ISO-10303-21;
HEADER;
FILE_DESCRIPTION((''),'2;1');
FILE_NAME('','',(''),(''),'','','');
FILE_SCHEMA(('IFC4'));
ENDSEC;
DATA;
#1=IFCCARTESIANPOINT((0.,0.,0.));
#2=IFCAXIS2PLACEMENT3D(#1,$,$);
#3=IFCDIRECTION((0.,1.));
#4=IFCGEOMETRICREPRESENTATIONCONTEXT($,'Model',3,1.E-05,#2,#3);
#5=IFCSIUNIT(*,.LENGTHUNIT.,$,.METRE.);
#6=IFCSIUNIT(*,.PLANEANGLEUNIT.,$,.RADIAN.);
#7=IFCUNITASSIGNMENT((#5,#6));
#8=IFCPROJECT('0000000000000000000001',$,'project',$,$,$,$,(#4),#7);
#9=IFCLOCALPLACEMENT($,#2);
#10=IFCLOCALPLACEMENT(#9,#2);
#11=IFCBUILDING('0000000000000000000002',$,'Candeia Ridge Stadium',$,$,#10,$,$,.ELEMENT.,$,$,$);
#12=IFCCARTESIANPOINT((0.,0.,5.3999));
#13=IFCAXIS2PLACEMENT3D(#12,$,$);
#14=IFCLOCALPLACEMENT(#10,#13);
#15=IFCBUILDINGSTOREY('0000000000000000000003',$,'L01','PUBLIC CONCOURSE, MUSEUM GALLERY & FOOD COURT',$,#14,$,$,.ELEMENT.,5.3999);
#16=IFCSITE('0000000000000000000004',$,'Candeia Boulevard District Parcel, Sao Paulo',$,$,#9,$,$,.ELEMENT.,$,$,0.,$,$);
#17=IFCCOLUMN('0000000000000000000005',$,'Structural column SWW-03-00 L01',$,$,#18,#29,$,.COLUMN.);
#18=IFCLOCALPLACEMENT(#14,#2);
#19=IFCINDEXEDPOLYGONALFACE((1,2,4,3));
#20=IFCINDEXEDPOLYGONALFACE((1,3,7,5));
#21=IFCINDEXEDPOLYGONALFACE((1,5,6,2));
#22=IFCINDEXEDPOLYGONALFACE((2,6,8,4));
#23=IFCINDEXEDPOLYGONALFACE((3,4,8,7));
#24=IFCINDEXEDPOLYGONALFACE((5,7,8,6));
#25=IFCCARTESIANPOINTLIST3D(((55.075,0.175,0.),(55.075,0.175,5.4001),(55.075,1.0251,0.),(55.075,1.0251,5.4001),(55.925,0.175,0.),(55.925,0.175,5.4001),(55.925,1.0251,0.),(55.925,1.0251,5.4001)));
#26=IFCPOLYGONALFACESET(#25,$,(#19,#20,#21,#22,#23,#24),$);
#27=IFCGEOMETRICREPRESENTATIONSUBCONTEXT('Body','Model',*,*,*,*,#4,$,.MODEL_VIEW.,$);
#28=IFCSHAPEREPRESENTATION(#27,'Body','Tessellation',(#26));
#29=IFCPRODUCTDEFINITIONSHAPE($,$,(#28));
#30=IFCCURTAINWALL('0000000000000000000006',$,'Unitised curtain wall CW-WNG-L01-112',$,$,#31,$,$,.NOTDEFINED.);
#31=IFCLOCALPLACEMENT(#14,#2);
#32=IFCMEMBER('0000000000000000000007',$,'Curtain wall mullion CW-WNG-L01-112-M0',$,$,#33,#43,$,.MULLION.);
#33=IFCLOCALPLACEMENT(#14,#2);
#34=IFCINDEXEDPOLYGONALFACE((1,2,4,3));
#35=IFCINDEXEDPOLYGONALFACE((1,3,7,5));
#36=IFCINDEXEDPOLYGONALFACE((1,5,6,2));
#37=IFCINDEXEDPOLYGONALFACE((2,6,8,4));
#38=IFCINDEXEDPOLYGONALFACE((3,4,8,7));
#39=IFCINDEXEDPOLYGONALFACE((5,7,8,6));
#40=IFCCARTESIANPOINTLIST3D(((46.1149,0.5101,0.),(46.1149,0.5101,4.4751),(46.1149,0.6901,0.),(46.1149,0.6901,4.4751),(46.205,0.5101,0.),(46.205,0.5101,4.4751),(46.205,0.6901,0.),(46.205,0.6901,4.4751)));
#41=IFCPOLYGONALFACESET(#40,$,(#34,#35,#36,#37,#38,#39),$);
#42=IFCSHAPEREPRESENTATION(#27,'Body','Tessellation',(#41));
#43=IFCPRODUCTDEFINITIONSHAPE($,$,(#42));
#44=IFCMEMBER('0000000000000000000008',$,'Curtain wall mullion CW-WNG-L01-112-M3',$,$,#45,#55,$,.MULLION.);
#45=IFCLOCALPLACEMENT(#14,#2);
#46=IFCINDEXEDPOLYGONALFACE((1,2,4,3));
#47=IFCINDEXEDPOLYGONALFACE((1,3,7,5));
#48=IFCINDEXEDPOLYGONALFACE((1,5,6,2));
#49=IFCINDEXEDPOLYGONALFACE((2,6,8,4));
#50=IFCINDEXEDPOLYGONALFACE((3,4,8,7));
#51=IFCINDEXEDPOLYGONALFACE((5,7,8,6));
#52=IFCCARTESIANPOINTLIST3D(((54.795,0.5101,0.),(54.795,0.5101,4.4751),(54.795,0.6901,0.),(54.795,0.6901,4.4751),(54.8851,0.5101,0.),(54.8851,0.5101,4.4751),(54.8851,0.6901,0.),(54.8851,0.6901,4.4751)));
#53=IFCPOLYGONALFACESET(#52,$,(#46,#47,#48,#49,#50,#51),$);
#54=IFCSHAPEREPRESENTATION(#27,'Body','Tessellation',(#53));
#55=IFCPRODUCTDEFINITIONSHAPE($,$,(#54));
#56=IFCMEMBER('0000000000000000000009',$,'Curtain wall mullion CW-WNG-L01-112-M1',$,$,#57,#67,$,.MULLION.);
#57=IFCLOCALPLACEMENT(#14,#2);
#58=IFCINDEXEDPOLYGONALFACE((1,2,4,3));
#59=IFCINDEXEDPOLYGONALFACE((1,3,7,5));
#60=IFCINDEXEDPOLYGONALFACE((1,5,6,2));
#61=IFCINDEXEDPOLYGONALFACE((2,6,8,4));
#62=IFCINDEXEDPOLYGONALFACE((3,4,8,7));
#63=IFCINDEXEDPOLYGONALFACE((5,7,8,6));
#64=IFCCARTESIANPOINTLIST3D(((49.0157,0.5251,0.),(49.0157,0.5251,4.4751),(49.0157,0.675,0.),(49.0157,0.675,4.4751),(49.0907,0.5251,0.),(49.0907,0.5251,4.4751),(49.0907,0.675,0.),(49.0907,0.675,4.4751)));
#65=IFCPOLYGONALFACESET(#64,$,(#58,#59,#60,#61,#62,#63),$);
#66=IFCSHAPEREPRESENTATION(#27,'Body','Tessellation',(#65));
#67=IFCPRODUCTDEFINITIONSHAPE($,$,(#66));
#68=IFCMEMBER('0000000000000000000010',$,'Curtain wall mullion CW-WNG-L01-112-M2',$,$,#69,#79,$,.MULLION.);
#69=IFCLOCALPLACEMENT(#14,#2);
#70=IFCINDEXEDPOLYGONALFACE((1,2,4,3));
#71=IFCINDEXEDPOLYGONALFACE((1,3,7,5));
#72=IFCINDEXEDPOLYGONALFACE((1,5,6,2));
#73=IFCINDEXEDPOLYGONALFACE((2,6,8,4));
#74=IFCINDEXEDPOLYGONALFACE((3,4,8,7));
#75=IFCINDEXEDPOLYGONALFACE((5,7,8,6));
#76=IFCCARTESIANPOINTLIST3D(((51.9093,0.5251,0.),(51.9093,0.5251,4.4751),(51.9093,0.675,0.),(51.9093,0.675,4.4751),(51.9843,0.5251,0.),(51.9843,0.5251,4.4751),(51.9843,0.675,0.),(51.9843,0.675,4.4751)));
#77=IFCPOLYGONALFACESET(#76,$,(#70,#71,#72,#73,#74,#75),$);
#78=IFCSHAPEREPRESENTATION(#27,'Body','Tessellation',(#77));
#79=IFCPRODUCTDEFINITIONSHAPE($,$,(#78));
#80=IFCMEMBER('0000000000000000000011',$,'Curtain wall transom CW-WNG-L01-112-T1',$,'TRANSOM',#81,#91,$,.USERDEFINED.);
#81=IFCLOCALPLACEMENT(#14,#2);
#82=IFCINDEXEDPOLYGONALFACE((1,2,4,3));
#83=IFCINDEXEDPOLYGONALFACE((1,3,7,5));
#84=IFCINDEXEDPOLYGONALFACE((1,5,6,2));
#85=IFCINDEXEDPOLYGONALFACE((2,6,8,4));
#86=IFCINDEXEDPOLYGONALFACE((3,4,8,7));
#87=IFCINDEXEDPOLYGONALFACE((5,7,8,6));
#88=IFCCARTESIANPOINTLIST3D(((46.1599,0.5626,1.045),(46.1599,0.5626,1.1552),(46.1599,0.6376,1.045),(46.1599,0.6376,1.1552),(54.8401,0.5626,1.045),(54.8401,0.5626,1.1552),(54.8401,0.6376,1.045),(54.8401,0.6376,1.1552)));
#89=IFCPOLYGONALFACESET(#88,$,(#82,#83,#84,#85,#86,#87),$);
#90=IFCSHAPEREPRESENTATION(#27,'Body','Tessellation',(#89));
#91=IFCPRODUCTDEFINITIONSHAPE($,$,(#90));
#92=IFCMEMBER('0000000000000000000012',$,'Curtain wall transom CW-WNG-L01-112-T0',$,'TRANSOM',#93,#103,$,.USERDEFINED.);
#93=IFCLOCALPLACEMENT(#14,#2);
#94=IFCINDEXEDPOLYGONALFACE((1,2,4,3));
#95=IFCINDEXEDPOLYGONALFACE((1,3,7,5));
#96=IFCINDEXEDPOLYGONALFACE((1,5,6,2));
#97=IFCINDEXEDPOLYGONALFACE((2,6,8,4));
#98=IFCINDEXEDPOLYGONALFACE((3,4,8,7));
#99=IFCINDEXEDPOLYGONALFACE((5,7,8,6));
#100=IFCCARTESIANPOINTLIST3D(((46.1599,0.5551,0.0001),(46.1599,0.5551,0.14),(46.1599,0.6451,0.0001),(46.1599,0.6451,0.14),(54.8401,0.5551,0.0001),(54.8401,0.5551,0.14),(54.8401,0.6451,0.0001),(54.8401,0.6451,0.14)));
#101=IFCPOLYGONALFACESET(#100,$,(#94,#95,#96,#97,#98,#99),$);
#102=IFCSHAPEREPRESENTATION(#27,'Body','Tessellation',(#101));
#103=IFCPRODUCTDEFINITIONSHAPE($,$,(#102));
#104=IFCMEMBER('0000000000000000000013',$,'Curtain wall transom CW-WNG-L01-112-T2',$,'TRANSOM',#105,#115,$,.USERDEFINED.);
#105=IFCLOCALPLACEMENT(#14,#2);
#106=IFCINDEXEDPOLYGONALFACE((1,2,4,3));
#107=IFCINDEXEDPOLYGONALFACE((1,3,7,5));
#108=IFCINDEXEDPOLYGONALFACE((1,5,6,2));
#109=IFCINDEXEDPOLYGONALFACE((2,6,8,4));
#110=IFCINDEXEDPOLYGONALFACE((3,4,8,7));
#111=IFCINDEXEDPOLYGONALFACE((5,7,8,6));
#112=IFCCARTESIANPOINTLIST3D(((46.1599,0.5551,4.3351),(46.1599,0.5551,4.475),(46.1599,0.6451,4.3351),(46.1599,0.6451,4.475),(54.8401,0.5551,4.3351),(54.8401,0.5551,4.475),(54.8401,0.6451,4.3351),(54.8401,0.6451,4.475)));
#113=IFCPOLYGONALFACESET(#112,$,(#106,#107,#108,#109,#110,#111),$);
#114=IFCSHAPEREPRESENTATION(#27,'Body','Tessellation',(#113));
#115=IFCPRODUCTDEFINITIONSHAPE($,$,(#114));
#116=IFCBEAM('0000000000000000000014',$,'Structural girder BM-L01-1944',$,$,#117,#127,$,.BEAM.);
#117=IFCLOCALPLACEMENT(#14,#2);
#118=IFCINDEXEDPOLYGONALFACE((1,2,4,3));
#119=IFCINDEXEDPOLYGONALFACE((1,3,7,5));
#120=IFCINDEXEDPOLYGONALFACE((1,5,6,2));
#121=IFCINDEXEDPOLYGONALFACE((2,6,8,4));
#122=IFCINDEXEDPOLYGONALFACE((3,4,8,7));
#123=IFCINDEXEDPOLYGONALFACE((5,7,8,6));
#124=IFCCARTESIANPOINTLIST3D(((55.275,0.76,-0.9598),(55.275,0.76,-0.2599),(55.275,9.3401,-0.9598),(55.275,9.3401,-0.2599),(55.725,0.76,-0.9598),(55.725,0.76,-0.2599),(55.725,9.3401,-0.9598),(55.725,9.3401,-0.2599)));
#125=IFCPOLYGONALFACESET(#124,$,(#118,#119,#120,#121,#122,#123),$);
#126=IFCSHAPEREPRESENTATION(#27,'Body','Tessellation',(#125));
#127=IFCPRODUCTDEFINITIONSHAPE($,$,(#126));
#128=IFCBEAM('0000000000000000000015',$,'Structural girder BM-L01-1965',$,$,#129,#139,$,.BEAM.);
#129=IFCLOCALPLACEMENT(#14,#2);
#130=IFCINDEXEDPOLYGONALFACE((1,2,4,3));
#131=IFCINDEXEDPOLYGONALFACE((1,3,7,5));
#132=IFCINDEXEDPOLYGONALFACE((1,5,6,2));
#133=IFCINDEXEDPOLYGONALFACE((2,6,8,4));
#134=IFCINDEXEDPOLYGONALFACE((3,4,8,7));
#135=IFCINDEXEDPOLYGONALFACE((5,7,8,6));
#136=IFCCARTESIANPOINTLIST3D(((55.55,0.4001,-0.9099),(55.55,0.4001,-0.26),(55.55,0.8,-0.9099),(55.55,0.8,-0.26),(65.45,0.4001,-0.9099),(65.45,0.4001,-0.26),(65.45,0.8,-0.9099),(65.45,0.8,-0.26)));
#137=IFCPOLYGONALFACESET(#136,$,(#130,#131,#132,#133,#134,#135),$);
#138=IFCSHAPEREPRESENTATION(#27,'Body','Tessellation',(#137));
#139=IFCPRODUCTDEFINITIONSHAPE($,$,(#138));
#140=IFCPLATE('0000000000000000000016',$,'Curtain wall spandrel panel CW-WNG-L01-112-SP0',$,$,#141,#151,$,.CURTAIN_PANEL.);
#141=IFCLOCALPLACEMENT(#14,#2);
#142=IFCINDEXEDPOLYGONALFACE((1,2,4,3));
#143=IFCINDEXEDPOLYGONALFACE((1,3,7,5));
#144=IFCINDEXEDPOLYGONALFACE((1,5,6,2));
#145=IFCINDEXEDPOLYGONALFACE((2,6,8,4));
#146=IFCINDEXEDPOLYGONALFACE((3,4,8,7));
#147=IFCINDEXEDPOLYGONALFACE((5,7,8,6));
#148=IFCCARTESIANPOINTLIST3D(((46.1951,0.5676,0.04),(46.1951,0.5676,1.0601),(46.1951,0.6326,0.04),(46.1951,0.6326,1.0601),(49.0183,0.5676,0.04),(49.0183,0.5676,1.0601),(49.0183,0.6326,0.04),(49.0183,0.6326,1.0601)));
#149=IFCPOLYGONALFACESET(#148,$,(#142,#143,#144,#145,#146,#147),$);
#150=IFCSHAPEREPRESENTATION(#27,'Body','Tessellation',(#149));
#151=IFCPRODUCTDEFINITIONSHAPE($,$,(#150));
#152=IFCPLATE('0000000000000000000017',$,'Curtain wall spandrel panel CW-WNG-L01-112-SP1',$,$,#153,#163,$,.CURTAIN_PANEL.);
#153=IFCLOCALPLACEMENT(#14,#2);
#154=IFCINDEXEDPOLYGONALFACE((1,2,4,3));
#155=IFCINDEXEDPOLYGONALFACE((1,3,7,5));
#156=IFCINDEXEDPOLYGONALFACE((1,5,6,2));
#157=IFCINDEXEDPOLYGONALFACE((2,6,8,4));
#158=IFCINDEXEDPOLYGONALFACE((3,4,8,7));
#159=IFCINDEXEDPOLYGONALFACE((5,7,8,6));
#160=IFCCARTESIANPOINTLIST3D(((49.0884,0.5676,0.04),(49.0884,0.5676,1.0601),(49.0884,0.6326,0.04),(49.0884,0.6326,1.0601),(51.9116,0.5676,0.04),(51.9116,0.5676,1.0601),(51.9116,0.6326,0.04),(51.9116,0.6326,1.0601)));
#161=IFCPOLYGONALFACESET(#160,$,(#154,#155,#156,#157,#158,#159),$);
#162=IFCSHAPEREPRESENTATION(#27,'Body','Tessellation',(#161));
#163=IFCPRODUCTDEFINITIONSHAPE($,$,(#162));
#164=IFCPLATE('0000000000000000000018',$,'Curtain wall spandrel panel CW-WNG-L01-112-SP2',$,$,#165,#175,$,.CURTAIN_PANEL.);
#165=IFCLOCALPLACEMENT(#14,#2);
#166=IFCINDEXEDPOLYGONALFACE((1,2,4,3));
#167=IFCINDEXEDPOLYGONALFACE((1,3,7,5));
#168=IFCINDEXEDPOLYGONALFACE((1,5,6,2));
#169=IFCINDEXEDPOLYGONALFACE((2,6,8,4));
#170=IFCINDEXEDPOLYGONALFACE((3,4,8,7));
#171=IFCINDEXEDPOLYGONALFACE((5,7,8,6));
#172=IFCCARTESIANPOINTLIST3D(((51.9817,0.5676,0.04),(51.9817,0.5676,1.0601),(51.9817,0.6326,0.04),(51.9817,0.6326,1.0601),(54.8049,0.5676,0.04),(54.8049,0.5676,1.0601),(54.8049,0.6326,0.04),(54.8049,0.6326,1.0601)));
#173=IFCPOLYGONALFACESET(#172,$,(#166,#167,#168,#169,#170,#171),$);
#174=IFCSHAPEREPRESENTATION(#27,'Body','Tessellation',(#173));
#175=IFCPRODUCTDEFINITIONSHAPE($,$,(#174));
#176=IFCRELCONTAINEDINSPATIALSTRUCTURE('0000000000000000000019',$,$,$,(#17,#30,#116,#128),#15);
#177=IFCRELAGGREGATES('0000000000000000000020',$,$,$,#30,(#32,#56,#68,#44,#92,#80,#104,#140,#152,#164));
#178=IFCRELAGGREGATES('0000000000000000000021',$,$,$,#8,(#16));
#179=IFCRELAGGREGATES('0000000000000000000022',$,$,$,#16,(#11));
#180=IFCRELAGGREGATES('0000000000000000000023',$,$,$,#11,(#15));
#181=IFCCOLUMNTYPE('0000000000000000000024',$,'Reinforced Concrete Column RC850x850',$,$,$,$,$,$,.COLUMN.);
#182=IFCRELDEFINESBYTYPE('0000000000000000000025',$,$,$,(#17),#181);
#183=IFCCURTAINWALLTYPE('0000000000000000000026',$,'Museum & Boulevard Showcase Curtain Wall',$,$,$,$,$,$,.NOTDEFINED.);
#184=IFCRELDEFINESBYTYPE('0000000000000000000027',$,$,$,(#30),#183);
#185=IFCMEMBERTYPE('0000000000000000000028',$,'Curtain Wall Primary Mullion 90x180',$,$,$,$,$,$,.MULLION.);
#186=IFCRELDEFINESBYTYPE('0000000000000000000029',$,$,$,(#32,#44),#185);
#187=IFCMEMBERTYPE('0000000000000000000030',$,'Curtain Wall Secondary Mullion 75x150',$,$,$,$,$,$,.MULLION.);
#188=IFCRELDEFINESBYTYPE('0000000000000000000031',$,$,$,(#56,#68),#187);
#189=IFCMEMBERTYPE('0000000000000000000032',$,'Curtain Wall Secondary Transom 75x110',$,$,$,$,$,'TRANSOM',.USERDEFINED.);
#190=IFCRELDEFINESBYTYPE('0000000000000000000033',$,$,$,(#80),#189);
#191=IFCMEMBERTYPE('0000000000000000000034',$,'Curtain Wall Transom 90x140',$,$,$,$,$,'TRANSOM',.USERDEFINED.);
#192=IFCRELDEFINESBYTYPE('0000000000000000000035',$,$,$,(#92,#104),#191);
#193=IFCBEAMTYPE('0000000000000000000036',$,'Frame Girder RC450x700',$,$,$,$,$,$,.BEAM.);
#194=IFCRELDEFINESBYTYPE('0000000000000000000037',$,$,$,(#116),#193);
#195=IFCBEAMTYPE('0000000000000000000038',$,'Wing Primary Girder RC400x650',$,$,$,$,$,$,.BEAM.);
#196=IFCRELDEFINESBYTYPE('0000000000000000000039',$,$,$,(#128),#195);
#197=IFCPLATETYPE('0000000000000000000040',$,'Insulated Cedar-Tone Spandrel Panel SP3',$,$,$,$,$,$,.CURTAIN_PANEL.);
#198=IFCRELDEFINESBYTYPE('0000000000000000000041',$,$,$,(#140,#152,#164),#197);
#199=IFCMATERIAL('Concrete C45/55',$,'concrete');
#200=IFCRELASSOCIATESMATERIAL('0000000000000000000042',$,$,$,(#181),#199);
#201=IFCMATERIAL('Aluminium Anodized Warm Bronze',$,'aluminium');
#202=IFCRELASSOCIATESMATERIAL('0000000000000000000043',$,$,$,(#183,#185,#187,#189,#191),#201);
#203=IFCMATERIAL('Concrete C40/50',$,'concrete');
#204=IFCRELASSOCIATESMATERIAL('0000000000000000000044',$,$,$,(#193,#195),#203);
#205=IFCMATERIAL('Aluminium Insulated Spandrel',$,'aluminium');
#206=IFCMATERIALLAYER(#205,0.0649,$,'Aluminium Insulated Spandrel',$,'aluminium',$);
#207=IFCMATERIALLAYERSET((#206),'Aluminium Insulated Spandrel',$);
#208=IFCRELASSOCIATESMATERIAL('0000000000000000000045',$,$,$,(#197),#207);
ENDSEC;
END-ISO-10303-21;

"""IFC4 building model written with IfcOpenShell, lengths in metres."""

from ifc_helpers import new_model, si_unit, direction, frame, origin, origin_2d, place, context, subcontext, project, spatial, rectangle, extrude, material, layer, layer_set, material_profile, profile_set, type_object, element, aggregate, save


model = new_model("IFC4")

# Units and contexts
model_context = context("Model", 3, precision=1e-05, world=origin(), true_north=direction((0.0, 1.0)))
body_context = subcontext(model_context, "Body", "Model", "MODEL_VIEW")
ifc_project = project(units=[si_unit("LENGTHUNIT", "METRE"), si_unit("PLANEANGLEUNIT", "RADIAN")], contexts=[model_context])

# Site, building, storey
site_placement = place(None, origin())
site = spatial("IfcSite", under=ifc_project, at=site_placement, Name="Candeia Boulevard District Parcel, Sao Paulo", CompositionType="ELEMENT", RefElevation=0.0)
building_placement = place(site_placement, origin())
building = spatial("IfcBuilding", under=site, at=building_placement, Name="Candeia Ridge Stadium", CompositionType="ELEMENT")
storey_placement = place(building_placement, frame((0.0, 0.0, 5.3999)))
storey = spatial("IfcBuildingStorey", under=building, at=storey_placement, Name="L01", Description="PUBLIC CONCOURSE, MUSEUM GALLERY & FOOD COURT", CompositionType="ELEMENT", Elevation=5.3999)

# Column
ifc_material_1 = material(Name="Concrete C45/55", Category="concrete")
ifc_material_profile_1 = material_profile(ifc_material_1, rectangle(XDim=0.8501, YDim=0.8501, at=origin_2d()), Name="RC850x850", Category="concrete")
ifc_profile_set_1 = profile_set([ifc_material_profile_1], Name="Concrete C45/55")
column_type = type_object("IfcColumnType", Name="Reinforced Concrete Column RC850x850", PredefinedType="COLUMN", material=ifc_profile_set_1)
column_placement = place(storey_placement, frame((55.5, 0.6001, 0.0), z_axis=(0.0, 0.0, 1.0), x_axis=(1.0, 0.0, 0.0)))
element("IfcColumn", 1, at=column_placement, inside=storey, type_object=column_type, Name="Structural column SWW-03-00 L01", PredefinedType="COLUMN", context=body_context, shape_type="SweptSolid", body=[
    extrude(rectangle(XDim=0.8501, YDim=0.8501, at=origin_2d()), origin(), (0.0, 0.0, 1.0), 5.4001),
])

# Curtain wall, members
ifc_material_2 = material(Name="Aluminium Anodized Warm Bronze", Category="aluminium")
curtain_wall_type = type_object("IfcCurtainWallType", Name="Museum & Boulevard Showcase Curtain Wall", PredefinedType="NOTDEFINED", material=ifc_material_2)
curtain_wall_placement = place(storey_placement, origin())
curtain_wall = element("IfcCurtainWall", 2, at=curtain_wall_placement, inside=storey, type_object=curtain_wall_type, Name="Unitised curtain wall CW-WNG-L01-112", PredefinedType="NOTDEFINED")
ifc_material_profile_2 = material_profile(ifc_material_2, rectangle(XDim=0.0901, YDim=0.1799, at=origin_2d()), Name="CWM-90x180", Category="aluminium")
ifc_profile_set_2 = profile_set([ifc_material_profile_2], Name="Aluminium Anodized Warm Bronze")
member_type_1 = type_object("IfcMemberType", Name="Curtain Wall Primary Mullion 90x180", PredefinedType="MULLION", material=ifc_profile_set_2)
member_1_placement = place(storey_placement, frame((46.1599, 0.6001, 0.0), z_axis=(0.0, 0.0, 1.0), x_axis=(1.0, 0.0, 0.0)))
member_1 = element("IfcMember", 3, at=member_1_placement, type_object=member_type_1, Name="Curtain wall mullion CW-WNG-L01-112-M0", PredefinedType="MULLION", context=body_context, shape_type="SweptSolid", body=[
    extrude(rectangle(XDim=0.0901, YDim=0.1799, at=origin_2d()), origin(), (0.0, 0.0, 1.0), 4.4751),
])
member_2_placement = place(storey_placement, frame((54.8401, 0.6001, 0.0), z_axis=(0.0, 0.0, 1.0), x_axis=(1.0, 0.0, 0.0)))
member_2 = element("IfcMember", 4, at=member_2_placement, type_object=member_type_1, Name="Curtain wall mullion CW-WNG-L01-112-M3", PredefinedType="MULLION", context=body_context, shape_type="SweptSolid", body=[
    extrude(rectangle(XDim=0.0901, YDim=0.1799, at=origin_2d()), origin(), (0.0, 0.0, 1.0), 4.4751),
])
ifc_material_profile_3 = material_profile(ifc_material_2, rectangle(XDim=0.075, YDim=0.1499, at=origin_2d()), Name="CWM-75x150", Category="aluminium")
ifc_profile_set_3 = profile_set([ifc_material_profile_3], Name="Aluminium Anodized Warm Bronze")
member_type_2 = type_object("IfcMemberType", Name="Curtain Wall Secondary Mullion 75x150", PredefinedType="MULLION", material=ifc_profile_set_3)
member_3_placement = place(storey_placement, frame((49.0532, 0.6001, 0.0), z_axis=(0.0, 0.0, 1.0), x_axis=(1.0, 0.0, 0.0)))
member_3 = element("IfcMember", 5, at=member_3_placement, type_object=member_type_2, Name="Curtain wall mullion CW-WNG-L01-112-M1", PredefinedType="MULLION", context=body_context, shape_type="SweptSolid", body=[
    extrude(rectangle(XDim=0.075, YDim=0.1499, at=origin_2d()), origin(), (0.0, 0.0, 1.0), 4.4751),
])
member_4_placement = place(storey_placement, frame((51.9468, 0.6001, 0.0), z_axis=(0.0, 0.0, 1.0), x_axis=(1.0, 0.0, 0.0)))
member_4 = element("IfcMember", 6, at=member_4_placement, type_object=member_type_2, Name="Curtain wall mullion CW-WNG-L01-112-M2", PredefinedType="MULLION", context=body_context, shape_type="SweptSolid", body=[
    extrude(rectangle(XDim=0.075, YDim=0.1499, at=origin_2d()), origin(), (0.0, 0.0, 1.0), 4.4751),
])
ifc_material_profile_4 = material_profile(ifc_material_2, rectangle(XDim=0.075, YDim=0.1101, at=origin_2d()), Name="CWT-75x110", Category="aluminium")
ifc_profile_set_4 = profile_set([ifc_material_profile_4], Name="Aluminium Anodized Warm Bronze")
member_type_3 = type_object("IfcMemberType", Name="Curtain Wall Secondary Transom 75x110", ElementType="TRANSOM", PredefinedType="USERDEFINED", material=ifc_profile_set_4)
member_5_placement = place(storey_placement, frame((46.1599, 0.6001, 1.1001), z_axis=(1.0, 0.0, 0.0), x_axis=(0.0, 1.0, 0.0)))
member_5 = element("IfcMember", 7, at=member_5_placement, type_object=member_type_3, Name="Curtain wall transom CW-WNG-L01-112-T1", ObjectType="TRANSOM", PredefinedType="USERDEFINED", context=body_context, shape_type="SweptSolid", body=[
    extrude(rectangle(XDim=0.075, YDim=0.1101, at=origin_2d()), origin(), (0.0, 0.0, 1.0), 8.6802),
])
ifc_material_profile_5 = material_profile(ifc_material_2, rectangle(XDim=0.0901, YDim=0.1399, at=origin_2d()), Name="CWT-90x140", Category="aluminium")
ifc_profile_set_5 = profile_set([ifc_material_profile_5], Name="Aluminium Anodized Warm Bronze")
member_type_4 = type_object("IfcMemberType", Name="Curtain Wall Transom 90x140", ElementType="TRANSOM", PredefinedType="USERDEFINED", material=ifc_profile_set_5)
member_6_placement = place(storey_placement, frame((46.1599, 0.6001, 0.0701), z_axis=(1.0, 0.0, 0.0), x_axis=(0.0, 1.0, 0.0)))
member_6 = element("IfcMember", 8, at=member_6_placement, type_object=member_type_4, Name="Curtain wall transom CW-WNG-L01-112-T0", ObjectType="TRANSOM", PredefinedType="USERDEFINED", context=body_context, shape_type="SweptSolid", body=[
    extrude(rectangle(XDim=0.0901, YDim=0.1399, at=origin_2d()), origin(), (0.0, 0.0, 1.0), 8.6802),
])
member_7_placement = place(storey_placement, frame((46.1599, 0.6001, 4.405), z_axis=(1.0, 0.0, 0.0), x_axis=(0.0, 1.0, 0.0)))
member_7 = element("IfcMember", 9, at=member_7_placement, type_object=member_type_4, Name="Curtain wall transom CW-WNG-L01-112-T2", ObjectType="TRANSOM", PredefinedType="USERDEFINED", context=body_context, shape_type="SweptSolid", body=[
    extrude(rectangle(XDim=0.0901, YDim=0.1399, at=origin_2d()), origin(), (0.0, 0.0, 1.0), 8.6802),
])

# Beams
ifc_material_3 = material(Name="Concrete C40/50", Category="concrete")
ifc_material_profile_6 = material_profile(ifc_material_3, rectangle(XDim=0.45, YDim=0.7, at=origin_2d()), Name="RC450x700", Category="concrete")
ifc_profile_set_6 = profile_set([ifc_material_profile_6], Name="Concrete C40/50")
beam_type_1 = type_object("IfcBeamType", Name="Frame Girder RC450x700", PredefinedType="BEAM", material=ifc_profile_set_6)
beam_1_placement = place(storey_placement, frame((55.5, 0.76, -0.6099), z_axis=(0.0, 1.0, 0.0), x_axis=(-1.0, 0.0, 0.0)))
element("IfcBeam", 10, at=beam_1_placement, inside=storey, type_object=beam_type_1, Name="Structural girder BM-L01-1944", PredefinedType="BEAM", context=body_context, shape_type="SweptSolid", body=[
    extrude(rectangle(XDim=0.45, YDim=0.7, at=origin_2d()), origin(), (0.0, 0.0, 1.0), 8.5801),
])
ifc_material_profile_7 = material_profile(ifc_material_3, rectangle(XDim=0.3999, YDim=0.6499, at=origin_2d()), Name="RC400x650", Category="concrete")
ifc_profile_set_7 = profile_set([ifc_material_profile_7], Name="Concrete C40/50")
beam_type_2 = type_object("IfcBeamType", Name="Wing Primary Girder RC400x650", PredefinedType="BEAM", material=ifc_profile_set_7)
beam_2_placement = place(storey_placement, frame((55.55, 0.6001, -0.585), z_axis=(1.0, 0.0, 0.0), x_axis=(0.0, 1.0, 0.0)))
element("IfcBeam", 11, at=beam_2_placement, inside=storey, type_object=beam_type_2, Name="Structural girder BM-L01-1965", PredefinedType="BEAM", context=body_context, shape_type="SweptSolid", body=[
    extrude(rectangle(XDim=0.3999, YDim=0.6499, at=origin_2d()), origin(), (0.0, 0.0, 1.0), 9.8999),
])

# Plates
ifc_material_4 = material(Name="Aluminium Insulated Spandrel", Category="aluminium")
ifc_layer_1 = layer(ifc_material_4, 0.0649, Name="Aluminium Insulated Spandrel", Category="aluminium")
ifc_layer_set_1 = layer_set([ifc_layer_1], Name="Aluminium Insulated Spandrel")
plate_type_1 = type_object("IfcPlateType", Name="Insulated Cedar-Tone Spandrel Panel SP3", PredefinedType="CURTAIN_PANEL", material=ifc_layer_set_1)
plate_1_placement = place(storey_placement, frame((47.6067, 0.6001, 0.04), z_axis=(0.0, 0.0, 1.0), x_axis=(1.0, 0.0, 0.0)))
plate_1 = element("IfcPlate", 12, at=plate_1_placement, type_object=plate_type_1, Name="Curtain wall spandrel panel CW-WNG-L01-112-SP0", PredefinedType="CURTAIN_PANEL", context=body_context, shape_type="SweptSolid", body=[
    extrude(rectangle(XDim=2.8232, YDim=0.0649, at=origin_2d()), origin(), (0.0, 0.0, 1.0), 1.02),
])
plate_2_placement = place(storey_placement, frame((50.5, 0.6001, 0.04), z_axis=(0.0, 0.0, 1.0), x_axis=(1.0, 0.0, 0.0)))
plate_2 = element("IfcPlate", 13, at=plate_2_placement, type_object=plate_type_1, Name="Curtain wall spandrel panel CW-WNG-L01-112-SP1", PredefinedType="CURTAIN_PANEL", context=body_context, shape_type="SweptSolid", body=[
    extrude(rectangle(XDim=2.8232, YDim=0.0649, at=origin_2d()), origin(), (0.0, 0.0, 1.0), 1.02),
])
plate_3_placement = place(storey_placement, frame((53.3933, 0.6001, 0.04), z_axis=(0.0, 0.0, 1.0), x_axis=(1.0, 0.0, 0.0)))
plate_3 = element("IfcPlate", 14, at=plate_3_placement, type_object=plate_type_1, Name="Curtain wall spandrel panel CW-WNG-L01-112-SP2", PredefinedType="CURTAIN_PANEL", context=body_context, shape_type="SweptSolid", body=[
    extrude(rectangle(XDim=2.8232, YDim=0.0649, at=origin_2d()), origin(), (0.0, 0.0, 1.0), 1.02),
])
aggregate(curtain_wall, [member_1, member_3, member_4, member_2, member_6, member_5, member_7, plate_1, plate_2, plate_3])

save(model, "model.ifc")
